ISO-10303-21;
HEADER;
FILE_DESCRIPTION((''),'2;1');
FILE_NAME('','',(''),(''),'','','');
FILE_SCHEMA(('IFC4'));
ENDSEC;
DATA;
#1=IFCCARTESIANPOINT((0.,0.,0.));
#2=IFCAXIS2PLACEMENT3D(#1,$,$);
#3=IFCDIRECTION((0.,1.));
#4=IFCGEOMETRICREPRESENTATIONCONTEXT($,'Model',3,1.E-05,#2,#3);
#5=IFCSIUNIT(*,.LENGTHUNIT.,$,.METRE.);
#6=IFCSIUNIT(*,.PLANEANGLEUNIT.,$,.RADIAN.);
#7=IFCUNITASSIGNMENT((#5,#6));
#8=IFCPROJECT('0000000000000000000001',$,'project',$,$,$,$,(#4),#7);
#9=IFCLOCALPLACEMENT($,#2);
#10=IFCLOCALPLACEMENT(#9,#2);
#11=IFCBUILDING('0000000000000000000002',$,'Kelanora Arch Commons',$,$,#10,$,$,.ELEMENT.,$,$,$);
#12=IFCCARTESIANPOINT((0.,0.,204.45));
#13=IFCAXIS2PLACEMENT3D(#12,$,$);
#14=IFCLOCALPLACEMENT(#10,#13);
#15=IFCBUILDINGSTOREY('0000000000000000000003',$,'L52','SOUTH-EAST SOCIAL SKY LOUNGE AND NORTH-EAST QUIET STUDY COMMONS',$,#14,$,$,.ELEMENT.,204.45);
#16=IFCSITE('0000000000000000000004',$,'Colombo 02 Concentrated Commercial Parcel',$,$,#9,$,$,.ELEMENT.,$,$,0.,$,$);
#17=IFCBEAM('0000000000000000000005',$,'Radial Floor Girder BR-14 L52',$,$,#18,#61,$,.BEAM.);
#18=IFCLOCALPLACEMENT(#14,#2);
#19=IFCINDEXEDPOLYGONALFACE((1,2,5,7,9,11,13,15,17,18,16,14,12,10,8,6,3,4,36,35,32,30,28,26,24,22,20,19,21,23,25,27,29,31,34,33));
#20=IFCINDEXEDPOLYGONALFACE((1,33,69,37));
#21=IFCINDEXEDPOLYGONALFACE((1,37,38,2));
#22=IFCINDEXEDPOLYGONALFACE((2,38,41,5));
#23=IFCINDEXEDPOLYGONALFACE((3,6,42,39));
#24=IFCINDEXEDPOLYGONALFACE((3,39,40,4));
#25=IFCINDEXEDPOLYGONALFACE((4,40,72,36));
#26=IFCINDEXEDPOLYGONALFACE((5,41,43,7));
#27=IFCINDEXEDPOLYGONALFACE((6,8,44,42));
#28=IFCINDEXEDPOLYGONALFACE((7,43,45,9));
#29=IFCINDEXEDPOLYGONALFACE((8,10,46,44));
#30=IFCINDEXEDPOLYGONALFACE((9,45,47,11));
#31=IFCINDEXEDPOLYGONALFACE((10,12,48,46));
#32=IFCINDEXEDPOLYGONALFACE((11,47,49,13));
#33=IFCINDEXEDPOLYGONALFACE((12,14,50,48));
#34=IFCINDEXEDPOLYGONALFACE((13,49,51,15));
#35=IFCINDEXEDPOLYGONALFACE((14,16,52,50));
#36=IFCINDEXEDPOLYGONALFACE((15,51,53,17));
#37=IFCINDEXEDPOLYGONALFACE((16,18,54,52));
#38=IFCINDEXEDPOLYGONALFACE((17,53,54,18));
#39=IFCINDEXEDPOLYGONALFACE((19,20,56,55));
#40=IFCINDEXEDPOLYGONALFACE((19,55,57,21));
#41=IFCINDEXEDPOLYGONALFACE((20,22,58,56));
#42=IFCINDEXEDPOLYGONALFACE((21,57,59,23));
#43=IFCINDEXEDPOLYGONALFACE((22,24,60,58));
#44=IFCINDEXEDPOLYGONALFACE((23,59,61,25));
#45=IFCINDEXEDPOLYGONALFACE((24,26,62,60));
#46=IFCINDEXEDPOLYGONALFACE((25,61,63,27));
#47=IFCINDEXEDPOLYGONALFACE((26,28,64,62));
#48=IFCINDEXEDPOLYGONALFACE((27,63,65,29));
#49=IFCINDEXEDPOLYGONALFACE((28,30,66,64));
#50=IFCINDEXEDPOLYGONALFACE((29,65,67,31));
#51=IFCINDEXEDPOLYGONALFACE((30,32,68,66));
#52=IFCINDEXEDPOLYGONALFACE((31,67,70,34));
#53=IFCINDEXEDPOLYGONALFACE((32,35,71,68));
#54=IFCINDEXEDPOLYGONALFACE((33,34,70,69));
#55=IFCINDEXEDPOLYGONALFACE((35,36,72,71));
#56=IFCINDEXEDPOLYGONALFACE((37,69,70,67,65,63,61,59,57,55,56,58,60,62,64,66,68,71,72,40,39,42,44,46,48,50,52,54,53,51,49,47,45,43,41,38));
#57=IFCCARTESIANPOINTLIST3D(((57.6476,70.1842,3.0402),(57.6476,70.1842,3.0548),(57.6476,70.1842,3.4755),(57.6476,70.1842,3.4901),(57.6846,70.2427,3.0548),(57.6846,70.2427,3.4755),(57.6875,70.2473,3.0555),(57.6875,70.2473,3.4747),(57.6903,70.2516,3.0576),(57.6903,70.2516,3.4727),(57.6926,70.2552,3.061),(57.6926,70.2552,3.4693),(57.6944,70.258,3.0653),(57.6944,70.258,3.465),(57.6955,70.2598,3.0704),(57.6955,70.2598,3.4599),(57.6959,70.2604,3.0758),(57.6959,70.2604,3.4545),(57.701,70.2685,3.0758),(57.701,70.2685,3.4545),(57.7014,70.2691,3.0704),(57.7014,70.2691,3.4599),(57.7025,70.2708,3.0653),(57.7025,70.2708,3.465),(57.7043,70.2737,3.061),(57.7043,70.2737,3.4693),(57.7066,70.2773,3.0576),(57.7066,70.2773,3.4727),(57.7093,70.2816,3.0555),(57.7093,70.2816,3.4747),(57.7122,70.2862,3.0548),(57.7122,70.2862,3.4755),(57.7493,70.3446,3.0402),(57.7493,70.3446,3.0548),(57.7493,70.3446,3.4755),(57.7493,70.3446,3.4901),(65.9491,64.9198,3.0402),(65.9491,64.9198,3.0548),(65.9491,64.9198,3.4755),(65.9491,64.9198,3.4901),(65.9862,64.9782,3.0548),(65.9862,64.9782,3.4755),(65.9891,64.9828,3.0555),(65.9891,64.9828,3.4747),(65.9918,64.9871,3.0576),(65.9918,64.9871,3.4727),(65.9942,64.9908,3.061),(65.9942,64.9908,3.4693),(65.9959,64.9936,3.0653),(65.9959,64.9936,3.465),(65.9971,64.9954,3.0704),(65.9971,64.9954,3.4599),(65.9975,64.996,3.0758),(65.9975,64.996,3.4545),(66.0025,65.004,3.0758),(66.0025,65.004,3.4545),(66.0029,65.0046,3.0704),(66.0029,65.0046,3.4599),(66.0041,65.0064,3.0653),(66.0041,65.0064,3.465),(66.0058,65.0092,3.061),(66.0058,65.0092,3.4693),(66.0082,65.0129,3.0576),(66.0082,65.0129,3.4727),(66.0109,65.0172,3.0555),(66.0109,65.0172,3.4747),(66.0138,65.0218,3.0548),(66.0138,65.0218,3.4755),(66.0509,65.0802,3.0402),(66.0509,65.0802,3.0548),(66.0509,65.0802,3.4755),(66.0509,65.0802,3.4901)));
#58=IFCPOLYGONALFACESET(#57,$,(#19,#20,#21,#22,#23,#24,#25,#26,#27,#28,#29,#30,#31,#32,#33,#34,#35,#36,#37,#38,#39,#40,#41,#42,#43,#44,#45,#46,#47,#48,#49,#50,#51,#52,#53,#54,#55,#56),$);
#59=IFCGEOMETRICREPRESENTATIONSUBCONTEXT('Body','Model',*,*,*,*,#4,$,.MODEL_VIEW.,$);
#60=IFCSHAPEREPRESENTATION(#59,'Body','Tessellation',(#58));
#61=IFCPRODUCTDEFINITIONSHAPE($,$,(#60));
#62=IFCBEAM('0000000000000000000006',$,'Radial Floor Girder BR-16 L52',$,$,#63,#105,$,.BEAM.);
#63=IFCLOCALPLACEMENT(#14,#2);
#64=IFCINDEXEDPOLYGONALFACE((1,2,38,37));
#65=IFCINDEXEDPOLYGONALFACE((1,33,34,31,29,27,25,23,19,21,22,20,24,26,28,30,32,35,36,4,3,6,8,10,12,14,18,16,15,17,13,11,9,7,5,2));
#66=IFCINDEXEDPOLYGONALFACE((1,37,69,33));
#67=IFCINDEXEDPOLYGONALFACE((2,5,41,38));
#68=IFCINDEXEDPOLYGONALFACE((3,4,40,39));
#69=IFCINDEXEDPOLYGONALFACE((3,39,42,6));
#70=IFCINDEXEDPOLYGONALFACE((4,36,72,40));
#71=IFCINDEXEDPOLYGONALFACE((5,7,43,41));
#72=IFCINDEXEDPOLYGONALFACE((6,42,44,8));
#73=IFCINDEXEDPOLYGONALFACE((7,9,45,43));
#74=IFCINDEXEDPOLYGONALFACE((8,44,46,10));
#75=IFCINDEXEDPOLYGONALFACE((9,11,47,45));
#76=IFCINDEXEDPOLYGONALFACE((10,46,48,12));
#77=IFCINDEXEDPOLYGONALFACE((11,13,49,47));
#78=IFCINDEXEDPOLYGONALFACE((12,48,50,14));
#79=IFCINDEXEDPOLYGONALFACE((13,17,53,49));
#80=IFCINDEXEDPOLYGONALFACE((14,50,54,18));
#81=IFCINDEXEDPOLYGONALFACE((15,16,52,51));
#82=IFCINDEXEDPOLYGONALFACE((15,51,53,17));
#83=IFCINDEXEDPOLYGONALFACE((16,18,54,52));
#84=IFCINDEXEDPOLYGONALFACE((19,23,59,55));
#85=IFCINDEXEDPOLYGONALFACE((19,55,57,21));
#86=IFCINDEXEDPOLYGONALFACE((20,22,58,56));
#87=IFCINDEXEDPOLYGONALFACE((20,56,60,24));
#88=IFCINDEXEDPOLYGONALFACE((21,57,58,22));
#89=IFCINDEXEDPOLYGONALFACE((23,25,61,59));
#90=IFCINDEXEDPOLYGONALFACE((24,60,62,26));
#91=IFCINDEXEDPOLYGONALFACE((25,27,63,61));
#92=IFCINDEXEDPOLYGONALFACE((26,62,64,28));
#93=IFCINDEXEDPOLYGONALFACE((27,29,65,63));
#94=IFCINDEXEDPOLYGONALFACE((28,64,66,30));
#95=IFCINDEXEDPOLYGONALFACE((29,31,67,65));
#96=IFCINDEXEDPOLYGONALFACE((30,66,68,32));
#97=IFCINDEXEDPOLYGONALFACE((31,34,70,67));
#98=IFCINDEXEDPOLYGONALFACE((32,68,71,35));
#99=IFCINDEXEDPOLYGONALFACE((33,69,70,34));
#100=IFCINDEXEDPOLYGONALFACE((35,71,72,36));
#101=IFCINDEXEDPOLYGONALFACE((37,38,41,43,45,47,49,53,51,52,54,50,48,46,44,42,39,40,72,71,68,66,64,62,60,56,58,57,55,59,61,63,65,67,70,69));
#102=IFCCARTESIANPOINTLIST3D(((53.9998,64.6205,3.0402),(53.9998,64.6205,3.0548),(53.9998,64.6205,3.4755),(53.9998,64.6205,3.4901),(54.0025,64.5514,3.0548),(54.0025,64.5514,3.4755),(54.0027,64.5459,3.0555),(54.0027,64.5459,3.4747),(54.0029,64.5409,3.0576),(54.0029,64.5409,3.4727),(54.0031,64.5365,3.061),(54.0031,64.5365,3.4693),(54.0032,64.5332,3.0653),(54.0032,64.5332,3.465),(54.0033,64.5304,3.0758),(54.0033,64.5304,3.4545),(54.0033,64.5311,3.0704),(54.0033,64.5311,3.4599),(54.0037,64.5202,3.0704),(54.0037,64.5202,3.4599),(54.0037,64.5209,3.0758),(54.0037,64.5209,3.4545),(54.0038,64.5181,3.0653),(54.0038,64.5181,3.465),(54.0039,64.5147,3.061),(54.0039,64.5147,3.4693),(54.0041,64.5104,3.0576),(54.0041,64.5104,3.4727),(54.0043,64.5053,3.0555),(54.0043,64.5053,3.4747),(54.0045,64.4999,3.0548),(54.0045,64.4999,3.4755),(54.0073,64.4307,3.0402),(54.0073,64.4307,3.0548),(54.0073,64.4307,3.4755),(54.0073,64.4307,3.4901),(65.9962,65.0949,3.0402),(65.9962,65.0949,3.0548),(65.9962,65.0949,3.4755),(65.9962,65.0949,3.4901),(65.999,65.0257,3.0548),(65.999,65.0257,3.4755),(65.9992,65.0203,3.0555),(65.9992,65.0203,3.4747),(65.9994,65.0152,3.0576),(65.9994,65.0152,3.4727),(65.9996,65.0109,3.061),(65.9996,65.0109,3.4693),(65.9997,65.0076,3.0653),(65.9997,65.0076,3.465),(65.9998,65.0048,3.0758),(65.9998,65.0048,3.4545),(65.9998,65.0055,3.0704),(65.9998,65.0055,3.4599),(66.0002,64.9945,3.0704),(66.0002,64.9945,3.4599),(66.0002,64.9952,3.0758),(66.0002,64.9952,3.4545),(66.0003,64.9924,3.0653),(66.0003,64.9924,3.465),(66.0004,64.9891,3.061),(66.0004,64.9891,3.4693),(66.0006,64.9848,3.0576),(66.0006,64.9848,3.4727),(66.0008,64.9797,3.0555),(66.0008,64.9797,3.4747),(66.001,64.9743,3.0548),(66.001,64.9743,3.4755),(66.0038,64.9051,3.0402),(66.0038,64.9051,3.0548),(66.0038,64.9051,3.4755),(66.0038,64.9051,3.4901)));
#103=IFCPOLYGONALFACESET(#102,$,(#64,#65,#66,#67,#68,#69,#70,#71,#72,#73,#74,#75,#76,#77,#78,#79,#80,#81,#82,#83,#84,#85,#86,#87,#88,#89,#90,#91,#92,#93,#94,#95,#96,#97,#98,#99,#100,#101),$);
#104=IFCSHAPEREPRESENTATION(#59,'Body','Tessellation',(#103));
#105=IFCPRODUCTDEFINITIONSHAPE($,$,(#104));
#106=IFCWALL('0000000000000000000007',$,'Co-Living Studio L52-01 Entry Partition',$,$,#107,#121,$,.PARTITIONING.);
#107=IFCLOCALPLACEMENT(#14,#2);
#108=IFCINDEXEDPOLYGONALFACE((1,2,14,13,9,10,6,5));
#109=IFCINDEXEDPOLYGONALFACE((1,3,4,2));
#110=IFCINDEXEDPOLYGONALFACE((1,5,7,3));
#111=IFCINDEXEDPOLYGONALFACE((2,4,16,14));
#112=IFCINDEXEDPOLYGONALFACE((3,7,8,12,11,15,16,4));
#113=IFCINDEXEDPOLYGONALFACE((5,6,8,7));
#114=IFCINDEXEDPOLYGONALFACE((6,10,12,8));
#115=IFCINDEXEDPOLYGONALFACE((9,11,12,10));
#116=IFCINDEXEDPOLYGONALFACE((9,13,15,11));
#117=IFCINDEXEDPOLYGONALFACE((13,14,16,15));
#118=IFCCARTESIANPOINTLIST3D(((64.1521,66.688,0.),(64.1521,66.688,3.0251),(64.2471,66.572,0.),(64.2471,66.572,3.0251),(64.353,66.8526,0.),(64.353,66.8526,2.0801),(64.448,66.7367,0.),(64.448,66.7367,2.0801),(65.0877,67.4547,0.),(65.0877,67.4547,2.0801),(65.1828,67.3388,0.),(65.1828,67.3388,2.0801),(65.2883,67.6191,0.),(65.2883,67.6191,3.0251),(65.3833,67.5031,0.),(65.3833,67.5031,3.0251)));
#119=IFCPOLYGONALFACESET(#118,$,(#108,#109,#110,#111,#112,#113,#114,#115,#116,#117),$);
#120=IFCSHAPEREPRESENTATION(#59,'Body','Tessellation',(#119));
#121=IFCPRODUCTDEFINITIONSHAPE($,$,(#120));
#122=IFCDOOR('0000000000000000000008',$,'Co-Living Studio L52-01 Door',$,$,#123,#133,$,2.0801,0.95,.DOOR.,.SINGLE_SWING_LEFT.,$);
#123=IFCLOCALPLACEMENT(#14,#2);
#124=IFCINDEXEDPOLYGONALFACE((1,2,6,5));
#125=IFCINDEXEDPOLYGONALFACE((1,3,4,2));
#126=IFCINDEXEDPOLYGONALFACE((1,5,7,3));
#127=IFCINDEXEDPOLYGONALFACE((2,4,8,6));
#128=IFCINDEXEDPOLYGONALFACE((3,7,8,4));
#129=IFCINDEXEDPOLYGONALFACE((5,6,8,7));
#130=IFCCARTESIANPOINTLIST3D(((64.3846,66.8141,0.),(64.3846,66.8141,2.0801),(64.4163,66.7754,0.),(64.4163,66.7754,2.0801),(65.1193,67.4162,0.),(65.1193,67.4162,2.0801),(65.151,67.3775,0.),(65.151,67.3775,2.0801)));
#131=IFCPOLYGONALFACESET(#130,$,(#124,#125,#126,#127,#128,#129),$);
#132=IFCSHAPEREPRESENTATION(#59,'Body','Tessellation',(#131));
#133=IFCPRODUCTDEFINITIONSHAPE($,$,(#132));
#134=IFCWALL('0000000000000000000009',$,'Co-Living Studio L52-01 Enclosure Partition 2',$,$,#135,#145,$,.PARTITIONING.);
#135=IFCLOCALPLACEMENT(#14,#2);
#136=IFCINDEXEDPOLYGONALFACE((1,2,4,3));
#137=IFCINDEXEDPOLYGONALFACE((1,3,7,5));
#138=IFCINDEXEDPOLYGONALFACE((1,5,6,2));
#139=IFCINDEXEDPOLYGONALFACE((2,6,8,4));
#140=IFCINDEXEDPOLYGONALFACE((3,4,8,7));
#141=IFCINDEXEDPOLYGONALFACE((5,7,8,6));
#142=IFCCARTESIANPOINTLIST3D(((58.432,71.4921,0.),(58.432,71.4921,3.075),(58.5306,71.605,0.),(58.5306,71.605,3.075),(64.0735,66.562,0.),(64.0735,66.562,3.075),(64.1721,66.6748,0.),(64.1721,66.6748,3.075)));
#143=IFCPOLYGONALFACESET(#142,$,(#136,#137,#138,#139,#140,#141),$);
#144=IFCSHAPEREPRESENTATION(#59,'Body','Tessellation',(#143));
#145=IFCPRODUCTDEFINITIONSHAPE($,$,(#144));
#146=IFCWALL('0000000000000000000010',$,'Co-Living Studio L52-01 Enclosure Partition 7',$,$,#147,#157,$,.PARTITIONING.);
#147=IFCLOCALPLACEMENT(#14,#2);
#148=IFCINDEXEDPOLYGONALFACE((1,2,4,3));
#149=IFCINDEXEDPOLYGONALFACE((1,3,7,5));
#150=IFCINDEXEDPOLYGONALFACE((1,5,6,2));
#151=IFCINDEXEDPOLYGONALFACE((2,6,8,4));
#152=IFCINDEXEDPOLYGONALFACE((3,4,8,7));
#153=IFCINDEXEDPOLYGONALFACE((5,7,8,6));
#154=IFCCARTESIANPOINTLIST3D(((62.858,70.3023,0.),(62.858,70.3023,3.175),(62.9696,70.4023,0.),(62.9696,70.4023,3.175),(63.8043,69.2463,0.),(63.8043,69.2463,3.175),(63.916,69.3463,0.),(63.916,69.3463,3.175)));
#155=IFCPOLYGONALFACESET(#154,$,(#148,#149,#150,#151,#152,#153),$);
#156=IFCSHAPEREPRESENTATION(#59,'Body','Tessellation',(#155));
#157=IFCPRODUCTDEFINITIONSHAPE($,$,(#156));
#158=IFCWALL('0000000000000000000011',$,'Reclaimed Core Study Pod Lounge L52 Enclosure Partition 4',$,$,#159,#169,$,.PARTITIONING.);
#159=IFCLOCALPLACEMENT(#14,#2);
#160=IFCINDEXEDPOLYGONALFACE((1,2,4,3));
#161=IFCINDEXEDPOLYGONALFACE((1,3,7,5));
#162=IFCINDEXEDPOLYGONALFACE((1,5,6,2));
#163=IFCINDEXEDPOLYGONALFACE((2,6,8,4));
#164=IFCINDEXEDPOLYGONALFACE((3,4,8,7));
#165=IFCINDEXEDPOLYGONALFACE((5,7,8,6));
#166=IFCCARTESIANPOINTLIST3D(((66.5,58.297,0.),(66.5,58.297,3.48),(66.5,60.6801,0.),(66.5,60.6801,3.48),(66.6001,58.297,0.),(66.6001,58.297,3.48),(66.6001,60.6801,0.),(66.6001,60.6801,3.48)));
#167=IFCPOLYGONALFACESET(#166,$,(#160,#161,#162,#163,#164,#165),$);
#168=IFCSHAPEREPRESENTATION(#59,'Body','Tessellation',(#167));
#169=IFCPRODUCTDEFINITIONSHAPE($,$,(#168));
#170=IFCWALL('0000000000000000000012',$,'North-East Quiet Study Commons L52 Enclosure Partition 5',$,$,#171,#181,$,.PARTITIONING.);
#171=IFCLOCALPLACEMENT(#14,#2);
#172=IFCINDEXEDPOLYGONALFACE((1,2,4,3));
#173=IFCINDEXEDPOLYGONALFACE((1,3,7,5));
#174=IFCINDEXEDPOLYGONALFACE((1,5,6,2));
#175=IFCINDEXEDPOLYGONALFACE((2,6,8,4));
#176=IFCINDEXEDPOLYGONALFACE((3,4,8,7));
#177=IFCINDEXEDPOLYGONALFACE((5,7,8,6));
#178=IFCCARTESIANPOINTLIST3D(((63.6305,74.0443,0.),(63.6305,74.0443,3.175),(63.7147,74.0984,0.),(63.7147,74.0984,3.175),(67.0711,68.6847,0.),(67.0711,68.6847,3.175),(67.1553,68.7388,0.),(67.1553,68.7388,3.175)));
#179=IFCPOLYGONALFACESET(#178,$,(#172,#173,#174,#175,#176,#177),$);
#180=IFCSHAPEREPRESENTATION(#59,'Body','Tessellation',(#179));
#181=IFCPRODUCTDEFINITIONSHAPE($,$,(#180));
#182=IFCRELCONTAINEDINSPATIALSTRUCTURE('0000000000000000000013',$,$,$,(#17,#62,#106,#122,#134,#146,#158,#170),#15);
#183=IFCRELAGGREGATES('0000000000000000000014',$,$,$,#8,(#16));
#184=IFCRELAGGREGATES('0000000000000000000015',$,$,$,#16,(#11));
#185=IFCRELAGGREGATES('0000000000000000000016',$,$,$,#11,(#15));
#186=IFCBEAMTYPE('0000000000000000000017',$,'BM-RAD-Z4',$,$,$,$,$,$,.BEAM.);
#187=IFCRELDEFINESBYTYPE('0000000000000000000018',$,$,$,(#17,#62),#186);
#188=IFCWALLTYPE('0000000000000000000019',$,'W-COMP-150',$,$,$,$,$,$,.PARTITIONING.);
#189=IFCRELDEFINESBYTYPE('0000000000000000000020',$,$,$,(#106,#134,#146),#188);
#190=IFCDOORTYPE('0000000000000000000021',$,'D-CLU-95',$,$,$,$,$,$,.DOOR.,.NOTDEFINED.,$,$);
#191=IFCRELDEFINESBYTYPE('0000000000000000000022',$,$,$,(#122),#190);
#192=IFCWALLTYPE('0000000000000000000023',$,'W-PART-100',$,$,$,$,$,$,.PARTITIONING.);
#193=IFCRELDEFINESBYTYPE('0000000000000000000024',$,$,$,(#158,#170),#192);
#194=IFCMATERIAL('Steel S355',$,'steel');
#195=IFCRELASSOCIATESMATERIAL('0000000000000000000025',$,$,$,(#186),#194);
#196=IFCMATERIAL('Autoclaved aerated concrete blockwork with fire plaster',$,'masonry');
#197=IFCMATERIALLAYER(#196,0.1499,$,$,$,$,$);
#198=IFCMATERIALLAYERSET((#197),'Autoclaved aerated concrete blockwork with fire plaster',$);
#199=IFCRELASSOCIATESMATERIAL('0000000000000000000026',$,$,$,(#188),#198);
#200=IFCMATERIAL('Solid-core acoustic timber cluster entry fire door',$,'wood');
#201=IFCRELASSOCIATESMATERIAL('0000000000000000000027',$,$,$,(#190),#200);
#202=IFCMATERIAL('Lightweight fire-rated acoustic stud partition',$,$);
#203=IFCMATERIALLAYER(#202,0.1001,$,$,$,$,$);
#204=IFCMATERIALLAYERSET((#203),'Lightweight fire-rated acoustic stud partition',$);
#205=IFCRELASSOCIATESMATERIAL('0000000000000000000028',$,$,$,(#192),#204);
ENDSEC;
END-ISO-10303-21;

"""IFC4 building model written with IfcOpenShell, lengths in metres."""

from ifc_helpers import new_model, si_unit, direction, frame, frame_2d, origin, origin_2d, place, context, subcontext, project, spatial, rectangle, i_section, extrude, material, layer, layer_set, material_profile, profile_set, type_object, element, fill, save


model = new_model("IFC4")

# Units and contexts
model_context = context("Model", 3, precision=1e-05, world=origin(), true_north=direction((0.0, 1.0)))
body_context = subcontext(model_context, "Body", "Model", "MODEL_VIEW")
ifc_project = project(units=[si_unit("LENGTHUNIT", "METRE"), si_unit("PLANEANGLEUNIT", "RADIAN")], contexts=[model_context])

# Site, building, storey
site_placement = place(None, origin())
site = spatial("IfcSite", under=ifc_project, at=site_placement, Name="Colombo 02 Concentrated Commercial Parcel", CompositionType="ELEMENT", RefElevation=0.0)
building_placement = place(site_placement, origin())
building = spatial("IfcBuilding", under=site, at=building_placement, Name="Kelanora Arch Commons", CompositionType="ELEMENT")
storey_placement = place(building_placement, frame((0.0, 0.0, 204.45)))
storey = spatial("IfcBuildingStorey", under=building, at=storey_placement, Name="L52", Description="SOUTH-EAST SOCIAL SKY LOUNGE AND NORTH-EAST QUIET STUDY COMMONS", CompositionType="ELEMENT", Elevation=204.45)

# Beams
ifc_material_1 = material(Name="Steel S355", Category="steel")
ifc_material_profile_1 = material_profile(ifc_material_1, i_section(OverallWidth=0.1899, OverallDepth=0.45, WebThickness=0.0095, FlangeThickness=0.0146, FilletRadius=0.021, at=origin_2d()), Name="IPE450")
ifc_profile_set_1 = profile_set([ifc_material_profile_1], Name="Steel S355")
beam_type_1 = type_object("IfcBeamType", Name="BM-RAD-Z4", PredefinedType="BEAM", material=ifc_profile_set_1)
beam_1_placement = place(storey_placement, frame((66.0, 65.0, 3.2651), z_axis=(-0.844507, 0.535544, 0.0), x_axis=(-0.535544, -0.844507, 0.0)))
element("IfcBeam", 1, at=beam_1_placement, inside=storey, type_object=beam_type_1, Name="Radial Floor Girder BR-14 L52", PredefinedType="BEAM", context=body_context, shape_type="SweptSolid", body=[
    extrude(i_section(OverallWidth=0.1899, OverallDepth=0.45, WebThickness=0.0095, FlangeThickness=0.0146, FilletRadius=0.021, at=origin_2d()), origin(), (0.0, 0.0, 1.0), 9.8301),
])
beam_2_placement = place(storey_placement, frame((66.0, 65.0, 3.2651), z_axis=(-0.999219, -0.039511, 0.0), x_axis=(0.039511, -0.999219, 0.0)))
element("IfcBeam", 2, at=beam_2_placement, inside=storey, type_object=beam_type_1, Name="Radial Floor Girder BR-16 L52", PredefinedType="BEAM", context=body_context, shape_type="SweptSolid", body=[
    extrude(i_section(OverallWidth=0.1899, OverallDepth=0.45, WebThickness=0.0095, FlangeThickness=0.0146, FilletRadius=0.021, at=origin_2d()), origin(), (0.0, 0.0, 1.0), 12.0059),
])

# Wall, opening, door
ifc_material_2 = material(Name="Autoclaved aerated concrete blockwork with fire plaster", Category="masonry")
ifc_layer_1 = layer(ifc_material_2, 0.1499)
ifc_layer_set_1 = layer_set([ifc_layer_1], Name="Autoclaved aerated concrete blockwork with fire plaster")
wall_type_1 = type_object("IfcWallType", Name="W-COMP-150", PredefinedType="PARTITIONING", material=ifc_layer_set_1)
wall_1_placement = place(storey_placement, frame((65.3357, 67.561, 0.0), z_axis=(0.0, 0.0, 1.0), x_axis=(-0.773454, -0.633853, 0.0)))
wall_1 = element("IfcWall", 3, at=wall_1_placement, inside=storey, type_object=wall_type_1, Name="Co-Living Studio L52-01 Entry Partition", PredefinedType="PARTITIONING", context=body_context, shape_type="SweptSolid", body=[
    extrude(rectangle(XDim=1.469, YDim=0.1499, at=frame_2d((0.7344, 0.0))), origin(), (0.0, 0.0, 1.0), 3.0251),
])
opening_1_placement = place(wall_1_placement, frame((0.259, 0.0, 0.0)))
opening_1 = element("IfcOpeningElement", 4, at=opening_1_placement, cuts=wall_1, PredefinedType="OPENING", context=body_context, shape_type="SweptSolid", body=[
    extrude(rectangle(XDim=0.95, YDim=2.0801, at=frame_2d((0.4751, 1.04))), frame((0.0, 0.085, 0.0), z_axis=(0.0, -1.0, 0.0), x_axis=(1.0, 0.0, 0.0)), (0.0, 0.0, 1.0), 0.1699),
])
ifc_material_3 = material(Name="Solid-core acoustic timber cluster entry fire door", Category="wood")
door_type_1 = type_object("IfcDoorType", Name="D-CLU-95", OperationType="NOTDEFINED", PredefinedType="DOOR", material=ifc_material_3)
door_1_placement = place(opening_1_placement, origin())
door_1 = element("IfcDoor", 5, at=door_1_placement, inside=storey, type_object=door_type_1, Name="Co-Living Studio L52-01 Door", OperationType="SINGLE_SWING_LEFT", OverallHeight=2.0801, OverallWidth=0.95, PredefinedType="DOOR", context=body_context, shape_type="SweptSolid", body=[
    extrude(rectangle(XDim=0.95, YDim=2.0801, at=frame_2d((0.4751, 1.04))), frame((0.0, 0.0249, 0.0), z_axis=(0.0, -1.0, 0.0), x_axis=(1.0, 0.0, 0.0)), (0.0, 0.0, 1.0), 0.05),
])
fill(opening_1, door_1)

# Walls
wall_2_placement = place(storey_placement, frame((64.1228, 66.6184, 0.0), z_axis=(0.0, 0.0, 1.0), x_axis=(-0.752988, 0.658034, 0.0)))
element("IfcWall", 6, at=wall_2_placement, inside=storey, type_object=wall_type_1, Name="Co-Living Studio L52-01 Enclosure Partition 2", PredefinedType="PARTITIONING", context=body_context, shape_type="SweptSolid", body=[
    extrude(rectangle(XDim=7.4922, YDim=0.1499, at=frame_2d((3.7461, 0.0))), origin(), (0.0, 0.0, 1.0), 3.075),
])
wall_3_placement = place(storey_placement, frame((62.9138, 70.3523, 0.0), z_axis=(0.0, 0.0, 1.0), x_axis=(0.667394, -0.744705, 0.0)))
element("IfcWall", 7, at=wall_3_placement, inside=storey, type_object=wall_type_1, Name="Co-Living Studio L52-01 Enclosure Partition 7", PredefinedType="PARTITIONING", context=body_context, shape_type="SweptSolid", body=[
    extrude(rectangle(XDim=1.418, YDim=0.1499, at=frame_2d((0.709, 0.0))), origin(), (0.0, 0.0, 1.0), 3.175),
])
ifc_material_4 = material(Name="Lightweight fire-rated acoustic stud partition")
ifc_layer_2 = layer(ifc_material_4, 0.1001)
ifc_layer_set_2 = layer_set([ifc_layer_2], Name="Lightweight fire-rated acoustic stud partition")
wall_type_2 = type_object("IfcWallType", Name="W-PART-100", PredefinedType="PARTITIONING", material=ifc_layer_set_2)
wall_4_placement = place(storey_placement, frame((66.55, 60.6799, 0.0), z_axis=(0.0, 0.0, 1.0), x_axis=(0.0, -1.0, 0.0)))
element("IfcWall", 8, at=wall_4_placement, inside=storey, type_object=wall_type_2, Name="Reclaimed Core Study Pod Lounge L52 Enclosure Partition 4", PredefinedType="PARTITIONING", context=body_context, shape_type="SweptSolid", body=[
    extrude(rectangle(XDim=2.3831, YDim=0.1001, at=frame_2d((1.1914, 0.0))), origin(), (0.0, 0.0, 1.0), 3.48),
])
wall_5_placement = place(storey_placement, frame((67.1133, 68.7117, 0.0), z_axis=(0.0, 0.0, 1.0), x_axis=(-0.540225, 0.841521, 0.0)))
element("IfcWall", 9, at=wall_5_placement, inside=storey, type_object=wall_type_2, Name="North-East Quiet Study Commons L52 Enclosure Partition 5", PredefinedType="PARTITIONING", context=body_context, shape_type="SweptSolid", body=[
    extrude(rectangle(XDim=6.3689, YDim=0.1001, at=frame_2d((3.1846, 0.0))), origin(), (0.0, 0.0, 1.0), 3.175),
])

save(model, "model.ifc")
